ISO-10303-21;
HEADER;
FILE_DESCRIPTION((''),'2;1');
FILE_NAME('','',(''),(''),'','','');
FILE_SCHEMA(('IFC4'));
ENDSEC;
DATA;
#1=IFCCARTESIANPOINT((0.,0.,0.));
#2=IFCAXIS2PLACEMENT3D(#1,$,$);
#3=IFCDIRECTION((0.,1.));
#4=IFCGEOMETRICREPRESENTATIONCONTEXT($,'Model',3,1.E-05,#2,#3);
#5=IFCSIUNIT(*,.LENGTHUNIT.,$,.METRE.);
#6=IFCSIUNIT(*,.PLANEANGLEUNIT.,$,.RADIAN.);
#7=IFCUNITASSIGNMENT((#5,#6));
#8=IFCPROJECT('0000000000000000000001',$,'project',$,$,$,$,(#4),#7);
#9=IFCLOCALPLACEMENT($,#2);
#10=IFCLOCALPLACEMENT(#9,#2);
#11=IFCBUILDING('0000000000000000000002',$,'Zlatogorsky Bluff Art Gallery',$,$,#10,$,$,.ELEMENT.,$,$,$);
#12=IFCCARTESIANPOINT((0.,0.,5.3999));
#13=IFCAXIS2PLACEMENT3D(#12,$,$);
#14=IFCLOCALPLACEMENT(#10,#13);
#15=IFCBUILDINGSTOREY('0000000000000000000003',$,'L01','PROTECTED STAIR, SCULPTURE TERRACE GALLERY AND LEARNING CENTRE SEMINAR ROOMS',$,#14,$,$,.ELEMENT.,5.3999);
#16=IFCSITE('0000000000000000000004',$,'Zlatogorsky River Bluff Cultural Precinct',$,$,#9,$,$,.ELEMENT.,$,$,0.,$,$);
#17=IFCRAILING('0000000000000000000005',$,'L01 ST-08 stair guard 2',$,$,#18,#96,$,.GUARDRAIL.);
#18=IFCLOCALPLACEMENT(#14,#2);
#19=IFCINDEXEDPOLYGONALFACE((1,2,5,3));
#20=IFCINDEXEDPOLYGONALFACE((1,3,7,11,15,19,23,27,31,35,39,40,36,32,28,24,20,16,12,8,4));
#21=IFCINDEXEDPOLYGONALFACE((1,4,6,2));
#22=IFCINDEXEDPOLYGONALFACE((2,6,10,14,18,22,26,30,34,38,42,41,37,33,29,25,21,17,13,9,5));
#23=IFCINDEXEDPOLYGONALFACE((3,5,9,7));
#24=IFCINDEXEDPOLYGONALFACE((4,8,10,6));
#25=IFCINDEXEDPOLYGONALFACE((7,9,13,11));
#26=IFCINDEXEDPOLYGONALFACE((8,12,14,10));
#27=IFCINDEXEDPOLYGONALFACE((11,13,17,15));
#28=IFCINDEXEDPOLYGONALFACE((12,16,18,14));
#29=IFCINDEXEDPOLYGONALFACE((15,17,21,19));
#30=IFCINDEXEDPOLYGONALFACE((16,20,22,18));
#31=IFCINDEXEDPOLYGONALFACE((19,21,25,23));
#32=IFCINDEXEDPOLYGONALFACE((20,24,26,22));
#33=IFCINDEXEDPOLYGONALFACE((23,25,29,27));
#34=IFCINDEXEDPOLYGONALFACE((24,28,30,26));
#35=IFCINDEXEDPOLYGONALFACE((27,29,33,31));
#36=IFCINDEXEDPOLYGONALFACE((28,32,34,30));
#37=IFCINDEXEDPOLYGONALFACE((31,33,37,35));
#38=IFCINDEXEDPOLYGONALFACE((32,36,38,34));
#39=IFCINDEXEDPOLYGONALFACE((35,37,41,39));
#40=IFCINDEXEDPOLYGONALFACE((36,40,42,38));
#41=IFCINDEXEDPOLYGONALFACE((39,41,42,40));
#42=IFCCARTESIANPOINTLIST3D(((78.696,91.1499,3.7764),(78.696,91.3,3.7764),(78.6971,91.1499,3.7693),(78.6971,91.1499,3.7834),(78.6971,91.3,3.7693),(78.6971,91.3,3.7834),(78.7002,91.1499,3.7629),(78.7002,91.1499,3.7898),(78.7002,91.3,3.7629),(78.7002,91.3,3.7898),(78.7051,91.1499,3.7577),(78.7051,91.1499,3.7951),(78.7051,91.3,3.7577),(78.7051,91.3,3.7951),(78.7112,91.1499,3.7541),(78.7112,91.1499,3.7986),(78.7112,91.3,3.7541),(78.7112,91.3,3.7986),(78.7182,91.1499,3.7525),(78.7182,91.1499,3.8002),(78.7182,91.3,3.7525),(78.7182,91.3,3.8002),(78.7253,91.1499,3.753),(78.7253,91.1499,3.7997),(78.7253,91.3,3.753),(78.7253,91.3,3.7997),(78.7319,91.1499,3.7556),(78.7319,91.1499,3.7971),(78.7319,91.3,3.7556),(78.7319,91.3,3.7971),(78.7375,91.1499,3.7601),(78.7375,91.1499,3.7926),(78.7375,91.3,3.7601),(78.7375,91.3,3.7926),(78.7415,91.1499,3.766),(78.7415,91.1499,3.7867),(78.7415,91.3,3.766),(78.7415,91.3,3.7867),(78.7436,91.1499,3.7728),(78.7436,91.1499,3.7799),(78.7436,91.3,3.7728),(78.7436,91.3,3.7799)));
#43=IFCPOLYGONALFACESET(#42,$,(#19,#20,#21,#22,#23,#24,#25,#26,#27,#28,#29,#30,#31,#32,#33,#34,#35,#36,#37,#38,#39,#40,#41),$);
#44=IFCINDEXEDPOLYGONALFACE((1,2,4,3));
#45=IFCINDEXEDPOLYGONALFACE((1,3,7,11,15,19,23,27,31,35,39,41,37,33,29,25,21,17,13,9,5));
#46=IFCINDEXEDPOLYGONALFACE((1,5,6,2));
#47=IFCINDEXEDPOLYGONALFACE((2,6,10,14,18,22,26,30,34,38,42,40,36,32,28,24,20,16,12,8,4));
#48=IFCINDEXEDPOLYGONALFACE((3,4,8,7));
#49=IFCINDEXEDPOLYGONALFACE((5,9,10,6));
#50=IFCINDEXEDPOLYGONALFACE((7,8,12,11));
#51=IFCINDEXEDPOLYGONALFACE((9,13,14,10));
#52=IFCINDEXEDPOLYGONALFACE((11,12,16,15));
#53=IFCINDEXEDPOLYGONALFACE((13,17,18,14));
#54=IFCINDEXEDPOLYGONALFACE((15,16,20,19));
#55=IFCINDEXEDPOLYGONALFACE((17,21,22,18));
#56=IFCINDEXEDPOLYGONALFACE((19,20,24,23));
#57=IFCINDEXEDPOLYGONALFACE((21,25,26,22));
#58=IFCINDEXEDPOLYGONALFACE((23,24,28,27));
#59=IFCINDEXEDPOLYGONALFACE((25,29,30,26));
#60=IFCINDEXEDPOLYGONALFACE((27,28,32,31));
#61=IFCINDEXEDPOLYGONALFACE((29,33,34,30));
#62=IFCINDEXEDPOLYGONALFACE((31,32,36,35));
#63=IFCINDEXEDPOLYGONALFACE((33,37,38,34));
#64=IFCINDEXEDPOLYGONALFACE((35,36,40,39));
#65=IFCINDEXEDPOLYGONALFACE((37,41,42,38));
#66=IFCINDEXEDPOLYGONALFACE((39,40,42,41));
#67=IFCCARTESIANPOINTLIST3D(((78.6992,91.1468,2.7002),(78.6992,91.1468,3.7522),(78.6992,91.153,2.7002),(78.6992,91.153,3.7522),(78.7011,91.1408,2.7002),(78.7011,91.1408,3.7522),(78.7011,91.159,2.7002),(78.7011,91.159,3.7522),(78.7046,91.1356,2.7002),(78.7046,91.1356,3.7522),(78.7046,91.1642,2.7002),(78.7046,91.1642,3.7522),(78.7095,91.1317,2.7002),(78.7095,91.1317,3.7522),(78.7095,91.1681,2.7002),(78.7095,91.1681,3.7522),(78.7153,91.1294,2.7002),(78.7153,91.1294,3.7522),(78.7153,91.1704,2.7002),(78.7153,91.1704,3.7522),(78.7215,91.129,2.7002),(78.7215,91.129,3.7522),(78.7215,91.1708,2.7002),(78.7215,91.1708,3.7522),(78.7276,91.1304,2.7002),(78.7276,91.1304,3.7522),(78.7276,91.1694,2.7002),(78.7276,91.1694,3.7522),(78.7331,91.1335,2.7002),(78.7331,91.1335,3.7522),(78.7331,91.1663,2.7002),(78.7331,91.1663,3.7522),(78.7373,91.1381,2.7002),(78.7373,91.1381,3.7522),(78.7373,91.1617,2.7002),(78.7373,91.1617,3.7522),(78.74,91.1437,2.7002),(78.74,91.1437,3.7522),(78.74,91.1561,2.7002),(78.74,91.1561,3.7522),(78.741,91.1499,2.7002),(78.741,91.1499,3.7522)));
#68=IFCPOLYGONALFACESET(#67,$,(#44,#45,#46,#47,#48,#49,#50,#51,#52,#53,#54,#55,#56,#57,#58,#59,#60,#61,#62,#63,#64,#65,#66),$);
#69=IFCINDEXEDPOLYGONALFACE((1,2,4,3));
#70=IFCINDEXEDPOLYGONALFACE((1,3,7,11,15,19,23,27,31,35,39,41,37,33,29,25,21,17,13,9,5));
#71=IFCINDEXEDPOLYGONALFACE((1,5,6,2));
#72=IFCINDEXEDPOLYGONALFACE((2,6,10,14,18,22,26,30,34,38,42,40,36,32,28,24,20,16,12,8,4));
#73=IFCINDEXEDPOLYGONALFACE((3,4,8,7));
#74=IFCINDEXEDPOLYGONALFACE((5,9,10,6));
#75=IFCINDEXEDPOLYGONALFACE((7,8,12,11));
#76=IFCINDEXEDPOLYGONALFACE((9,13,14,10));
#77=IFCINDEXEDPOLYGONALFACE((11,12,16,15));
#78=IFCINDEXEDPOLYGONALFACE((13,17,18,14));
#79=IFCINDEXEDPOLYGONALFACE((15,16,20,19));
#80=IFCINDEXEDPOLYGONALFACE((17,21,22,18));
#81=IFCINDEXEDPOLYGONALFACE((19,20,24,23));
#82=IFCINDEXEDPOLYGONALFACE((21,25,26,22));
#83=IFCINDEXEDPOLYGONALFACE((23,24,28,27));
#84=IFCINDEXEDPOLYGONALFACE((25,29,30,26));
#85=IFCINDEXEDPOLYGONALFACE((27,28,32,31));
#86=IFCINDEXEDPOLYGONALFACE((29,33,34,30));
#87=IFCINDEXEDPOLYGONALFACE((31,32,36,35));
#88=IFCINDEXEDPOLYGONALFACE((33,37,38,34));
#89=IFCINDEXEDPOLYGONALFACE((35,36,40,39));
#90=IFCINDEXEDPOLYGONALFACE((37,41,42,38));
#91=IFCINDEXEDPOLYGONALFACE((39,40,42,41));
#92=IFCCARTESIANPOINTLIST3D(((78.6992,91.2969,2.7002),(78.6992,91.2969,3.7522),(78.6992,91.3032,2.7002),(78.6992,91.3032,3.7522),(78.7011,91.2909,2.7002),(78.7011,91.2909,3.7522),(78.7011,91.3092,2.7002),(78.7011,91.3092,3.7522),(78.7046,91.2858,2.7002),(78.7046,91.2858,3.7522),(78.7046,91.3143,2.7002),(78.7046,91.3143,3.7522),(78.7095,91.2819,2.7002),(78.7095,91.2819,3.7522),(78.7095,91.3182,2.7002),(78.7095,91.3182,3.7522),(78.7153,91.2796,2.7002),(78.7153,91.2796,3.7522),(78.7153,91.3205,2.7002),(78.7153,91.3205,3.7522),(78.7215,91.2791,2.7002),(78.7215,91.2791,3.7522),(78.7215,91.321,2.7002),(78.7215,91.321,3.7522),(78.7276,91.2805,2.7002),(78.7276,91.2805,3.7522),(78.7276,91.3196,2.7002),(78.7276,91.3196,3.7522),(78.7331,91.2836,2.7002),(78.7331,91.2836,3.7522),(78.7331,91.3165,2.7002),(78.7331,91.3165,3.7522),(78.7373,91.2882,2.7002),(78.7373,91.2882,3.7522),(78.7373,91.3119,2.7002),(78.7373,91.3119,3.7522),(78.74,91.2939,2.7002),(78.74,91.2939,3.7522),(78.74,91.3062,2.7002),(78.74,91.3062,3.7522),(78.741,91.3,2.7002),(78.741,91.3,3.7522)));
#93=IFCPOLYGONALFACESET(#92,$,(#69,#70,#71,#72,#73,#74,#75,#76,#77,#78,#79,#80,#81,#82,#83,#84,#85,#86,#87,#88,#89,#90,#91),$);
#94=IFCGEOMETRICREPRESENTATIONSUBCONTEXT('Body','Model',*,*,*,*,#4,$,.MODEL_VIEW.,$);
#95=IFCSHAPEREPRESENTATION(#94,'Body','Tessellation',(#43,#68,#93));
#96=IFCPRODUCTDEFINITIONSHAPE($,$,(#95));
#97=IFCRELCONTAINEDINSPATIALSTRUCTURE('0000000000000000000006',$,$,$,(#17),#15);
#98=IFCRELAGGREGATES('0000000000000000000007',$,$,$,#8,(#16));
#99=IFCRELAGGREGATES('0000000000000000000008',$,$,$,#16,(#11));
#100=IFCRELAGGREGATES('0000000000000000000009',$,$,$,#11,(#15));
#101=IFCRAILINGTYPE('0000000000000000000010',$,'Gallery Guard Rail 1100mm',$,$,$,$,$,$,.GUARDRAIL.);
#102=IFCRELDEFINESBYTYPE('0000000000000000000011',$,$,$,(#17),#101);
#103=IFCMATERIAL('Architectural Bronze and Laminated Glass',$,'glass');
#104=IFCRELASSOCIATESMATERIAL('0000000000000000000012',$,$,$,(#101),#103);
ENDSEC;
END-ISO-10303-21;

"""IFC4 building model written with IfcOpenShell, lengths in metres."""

from ifc_helpers import new_model, si_unit, direction, frame, origin, origin_2d, place, context, subcontext, project, spatial, circle, extrude, material, type_object, element, save


model = new_model("IFC4")

# Units and contexts
model_context = context("Model", 3, precision=1e-05, world=origin(), true_north=direction((0.0, 1.0)))
body_context = subcontext(model_context, "Body", "Model", "MODEL_VIEW")
ifc_project = project(units=[si_unit("LENGTHUNIT", "METRE"), si_unit("PLANEANGLEUNIT", "RADIAN")], contexts=[model_context])

# Site, building, storey
site_placement = place(None, origin())
site = spatial("IfcSite", under=ifc_project, at=site_placement, Name="Zlatogorsky River Bluff Cultural Precinct", CompositionType="ELEMENT", RefElevation=0.0)
building_placement = place(site_placement, origin())
building = spatial("IfcBuilding", under=site, at=building_placement, Name="Zlatogorsky Bluff Art Gallery", CompositionType="ELEMENT")
storey_placement = place(building_placement, frame((0.0, 0.0, 5.3999)))
storey = spatial("IfcBuildingStorey", under=building, at=storey_placement, Name="L01", Description="PROTECTED STAIR, SCULPTURE TERRACE GALLERY AND LEARNING CENTRE SEMINAR ROOMS", CompositionType="ELEMENT", Elevation=5.3999)

# Railing
ifc_material_1 = material(Name="Architectural Bronze and Laminated Glass", Category="glass")
railing_type_1 = type_object("IfcRailingType", Name="Gallery Guard Rail 1100mm", PredefinedType="GUARDRAIL", material=ifc_material_1)
railing_1_placement = place(storey_placement, frame((78.72, 91.1499, 2.7002)))
element("IfcRailing", 1, at=railing_1_placement, inside=storey, type_object=railing_type_1, Name="L01 ST-08 stair guard 2", PredefinedType="GUARDRAIL", context=body_context, shape_type="SweptSolid", body=[
    extrude(circle(Radius=0.0239, at=origin_2d()), frame((0.0, 0.0, 1.0762), z_axis=(0.0, 1.0, 0.0), x_axis=(-1.0, 0.0, 0.0)), (0.0, 0.0, 1.0), 0.1501),
    extrude(circle(Radius=0.021, at=origin_2d()), origin(), (0.0, 0.0, 1.0), 1.052),
    extrude(circle(Radius=0.021, at=origin_2d()), frame((0.0, 0.1501, 0.0)), (0.0, 0.0, 1.0), 1.052),
])

save(model, "model.ifc")
